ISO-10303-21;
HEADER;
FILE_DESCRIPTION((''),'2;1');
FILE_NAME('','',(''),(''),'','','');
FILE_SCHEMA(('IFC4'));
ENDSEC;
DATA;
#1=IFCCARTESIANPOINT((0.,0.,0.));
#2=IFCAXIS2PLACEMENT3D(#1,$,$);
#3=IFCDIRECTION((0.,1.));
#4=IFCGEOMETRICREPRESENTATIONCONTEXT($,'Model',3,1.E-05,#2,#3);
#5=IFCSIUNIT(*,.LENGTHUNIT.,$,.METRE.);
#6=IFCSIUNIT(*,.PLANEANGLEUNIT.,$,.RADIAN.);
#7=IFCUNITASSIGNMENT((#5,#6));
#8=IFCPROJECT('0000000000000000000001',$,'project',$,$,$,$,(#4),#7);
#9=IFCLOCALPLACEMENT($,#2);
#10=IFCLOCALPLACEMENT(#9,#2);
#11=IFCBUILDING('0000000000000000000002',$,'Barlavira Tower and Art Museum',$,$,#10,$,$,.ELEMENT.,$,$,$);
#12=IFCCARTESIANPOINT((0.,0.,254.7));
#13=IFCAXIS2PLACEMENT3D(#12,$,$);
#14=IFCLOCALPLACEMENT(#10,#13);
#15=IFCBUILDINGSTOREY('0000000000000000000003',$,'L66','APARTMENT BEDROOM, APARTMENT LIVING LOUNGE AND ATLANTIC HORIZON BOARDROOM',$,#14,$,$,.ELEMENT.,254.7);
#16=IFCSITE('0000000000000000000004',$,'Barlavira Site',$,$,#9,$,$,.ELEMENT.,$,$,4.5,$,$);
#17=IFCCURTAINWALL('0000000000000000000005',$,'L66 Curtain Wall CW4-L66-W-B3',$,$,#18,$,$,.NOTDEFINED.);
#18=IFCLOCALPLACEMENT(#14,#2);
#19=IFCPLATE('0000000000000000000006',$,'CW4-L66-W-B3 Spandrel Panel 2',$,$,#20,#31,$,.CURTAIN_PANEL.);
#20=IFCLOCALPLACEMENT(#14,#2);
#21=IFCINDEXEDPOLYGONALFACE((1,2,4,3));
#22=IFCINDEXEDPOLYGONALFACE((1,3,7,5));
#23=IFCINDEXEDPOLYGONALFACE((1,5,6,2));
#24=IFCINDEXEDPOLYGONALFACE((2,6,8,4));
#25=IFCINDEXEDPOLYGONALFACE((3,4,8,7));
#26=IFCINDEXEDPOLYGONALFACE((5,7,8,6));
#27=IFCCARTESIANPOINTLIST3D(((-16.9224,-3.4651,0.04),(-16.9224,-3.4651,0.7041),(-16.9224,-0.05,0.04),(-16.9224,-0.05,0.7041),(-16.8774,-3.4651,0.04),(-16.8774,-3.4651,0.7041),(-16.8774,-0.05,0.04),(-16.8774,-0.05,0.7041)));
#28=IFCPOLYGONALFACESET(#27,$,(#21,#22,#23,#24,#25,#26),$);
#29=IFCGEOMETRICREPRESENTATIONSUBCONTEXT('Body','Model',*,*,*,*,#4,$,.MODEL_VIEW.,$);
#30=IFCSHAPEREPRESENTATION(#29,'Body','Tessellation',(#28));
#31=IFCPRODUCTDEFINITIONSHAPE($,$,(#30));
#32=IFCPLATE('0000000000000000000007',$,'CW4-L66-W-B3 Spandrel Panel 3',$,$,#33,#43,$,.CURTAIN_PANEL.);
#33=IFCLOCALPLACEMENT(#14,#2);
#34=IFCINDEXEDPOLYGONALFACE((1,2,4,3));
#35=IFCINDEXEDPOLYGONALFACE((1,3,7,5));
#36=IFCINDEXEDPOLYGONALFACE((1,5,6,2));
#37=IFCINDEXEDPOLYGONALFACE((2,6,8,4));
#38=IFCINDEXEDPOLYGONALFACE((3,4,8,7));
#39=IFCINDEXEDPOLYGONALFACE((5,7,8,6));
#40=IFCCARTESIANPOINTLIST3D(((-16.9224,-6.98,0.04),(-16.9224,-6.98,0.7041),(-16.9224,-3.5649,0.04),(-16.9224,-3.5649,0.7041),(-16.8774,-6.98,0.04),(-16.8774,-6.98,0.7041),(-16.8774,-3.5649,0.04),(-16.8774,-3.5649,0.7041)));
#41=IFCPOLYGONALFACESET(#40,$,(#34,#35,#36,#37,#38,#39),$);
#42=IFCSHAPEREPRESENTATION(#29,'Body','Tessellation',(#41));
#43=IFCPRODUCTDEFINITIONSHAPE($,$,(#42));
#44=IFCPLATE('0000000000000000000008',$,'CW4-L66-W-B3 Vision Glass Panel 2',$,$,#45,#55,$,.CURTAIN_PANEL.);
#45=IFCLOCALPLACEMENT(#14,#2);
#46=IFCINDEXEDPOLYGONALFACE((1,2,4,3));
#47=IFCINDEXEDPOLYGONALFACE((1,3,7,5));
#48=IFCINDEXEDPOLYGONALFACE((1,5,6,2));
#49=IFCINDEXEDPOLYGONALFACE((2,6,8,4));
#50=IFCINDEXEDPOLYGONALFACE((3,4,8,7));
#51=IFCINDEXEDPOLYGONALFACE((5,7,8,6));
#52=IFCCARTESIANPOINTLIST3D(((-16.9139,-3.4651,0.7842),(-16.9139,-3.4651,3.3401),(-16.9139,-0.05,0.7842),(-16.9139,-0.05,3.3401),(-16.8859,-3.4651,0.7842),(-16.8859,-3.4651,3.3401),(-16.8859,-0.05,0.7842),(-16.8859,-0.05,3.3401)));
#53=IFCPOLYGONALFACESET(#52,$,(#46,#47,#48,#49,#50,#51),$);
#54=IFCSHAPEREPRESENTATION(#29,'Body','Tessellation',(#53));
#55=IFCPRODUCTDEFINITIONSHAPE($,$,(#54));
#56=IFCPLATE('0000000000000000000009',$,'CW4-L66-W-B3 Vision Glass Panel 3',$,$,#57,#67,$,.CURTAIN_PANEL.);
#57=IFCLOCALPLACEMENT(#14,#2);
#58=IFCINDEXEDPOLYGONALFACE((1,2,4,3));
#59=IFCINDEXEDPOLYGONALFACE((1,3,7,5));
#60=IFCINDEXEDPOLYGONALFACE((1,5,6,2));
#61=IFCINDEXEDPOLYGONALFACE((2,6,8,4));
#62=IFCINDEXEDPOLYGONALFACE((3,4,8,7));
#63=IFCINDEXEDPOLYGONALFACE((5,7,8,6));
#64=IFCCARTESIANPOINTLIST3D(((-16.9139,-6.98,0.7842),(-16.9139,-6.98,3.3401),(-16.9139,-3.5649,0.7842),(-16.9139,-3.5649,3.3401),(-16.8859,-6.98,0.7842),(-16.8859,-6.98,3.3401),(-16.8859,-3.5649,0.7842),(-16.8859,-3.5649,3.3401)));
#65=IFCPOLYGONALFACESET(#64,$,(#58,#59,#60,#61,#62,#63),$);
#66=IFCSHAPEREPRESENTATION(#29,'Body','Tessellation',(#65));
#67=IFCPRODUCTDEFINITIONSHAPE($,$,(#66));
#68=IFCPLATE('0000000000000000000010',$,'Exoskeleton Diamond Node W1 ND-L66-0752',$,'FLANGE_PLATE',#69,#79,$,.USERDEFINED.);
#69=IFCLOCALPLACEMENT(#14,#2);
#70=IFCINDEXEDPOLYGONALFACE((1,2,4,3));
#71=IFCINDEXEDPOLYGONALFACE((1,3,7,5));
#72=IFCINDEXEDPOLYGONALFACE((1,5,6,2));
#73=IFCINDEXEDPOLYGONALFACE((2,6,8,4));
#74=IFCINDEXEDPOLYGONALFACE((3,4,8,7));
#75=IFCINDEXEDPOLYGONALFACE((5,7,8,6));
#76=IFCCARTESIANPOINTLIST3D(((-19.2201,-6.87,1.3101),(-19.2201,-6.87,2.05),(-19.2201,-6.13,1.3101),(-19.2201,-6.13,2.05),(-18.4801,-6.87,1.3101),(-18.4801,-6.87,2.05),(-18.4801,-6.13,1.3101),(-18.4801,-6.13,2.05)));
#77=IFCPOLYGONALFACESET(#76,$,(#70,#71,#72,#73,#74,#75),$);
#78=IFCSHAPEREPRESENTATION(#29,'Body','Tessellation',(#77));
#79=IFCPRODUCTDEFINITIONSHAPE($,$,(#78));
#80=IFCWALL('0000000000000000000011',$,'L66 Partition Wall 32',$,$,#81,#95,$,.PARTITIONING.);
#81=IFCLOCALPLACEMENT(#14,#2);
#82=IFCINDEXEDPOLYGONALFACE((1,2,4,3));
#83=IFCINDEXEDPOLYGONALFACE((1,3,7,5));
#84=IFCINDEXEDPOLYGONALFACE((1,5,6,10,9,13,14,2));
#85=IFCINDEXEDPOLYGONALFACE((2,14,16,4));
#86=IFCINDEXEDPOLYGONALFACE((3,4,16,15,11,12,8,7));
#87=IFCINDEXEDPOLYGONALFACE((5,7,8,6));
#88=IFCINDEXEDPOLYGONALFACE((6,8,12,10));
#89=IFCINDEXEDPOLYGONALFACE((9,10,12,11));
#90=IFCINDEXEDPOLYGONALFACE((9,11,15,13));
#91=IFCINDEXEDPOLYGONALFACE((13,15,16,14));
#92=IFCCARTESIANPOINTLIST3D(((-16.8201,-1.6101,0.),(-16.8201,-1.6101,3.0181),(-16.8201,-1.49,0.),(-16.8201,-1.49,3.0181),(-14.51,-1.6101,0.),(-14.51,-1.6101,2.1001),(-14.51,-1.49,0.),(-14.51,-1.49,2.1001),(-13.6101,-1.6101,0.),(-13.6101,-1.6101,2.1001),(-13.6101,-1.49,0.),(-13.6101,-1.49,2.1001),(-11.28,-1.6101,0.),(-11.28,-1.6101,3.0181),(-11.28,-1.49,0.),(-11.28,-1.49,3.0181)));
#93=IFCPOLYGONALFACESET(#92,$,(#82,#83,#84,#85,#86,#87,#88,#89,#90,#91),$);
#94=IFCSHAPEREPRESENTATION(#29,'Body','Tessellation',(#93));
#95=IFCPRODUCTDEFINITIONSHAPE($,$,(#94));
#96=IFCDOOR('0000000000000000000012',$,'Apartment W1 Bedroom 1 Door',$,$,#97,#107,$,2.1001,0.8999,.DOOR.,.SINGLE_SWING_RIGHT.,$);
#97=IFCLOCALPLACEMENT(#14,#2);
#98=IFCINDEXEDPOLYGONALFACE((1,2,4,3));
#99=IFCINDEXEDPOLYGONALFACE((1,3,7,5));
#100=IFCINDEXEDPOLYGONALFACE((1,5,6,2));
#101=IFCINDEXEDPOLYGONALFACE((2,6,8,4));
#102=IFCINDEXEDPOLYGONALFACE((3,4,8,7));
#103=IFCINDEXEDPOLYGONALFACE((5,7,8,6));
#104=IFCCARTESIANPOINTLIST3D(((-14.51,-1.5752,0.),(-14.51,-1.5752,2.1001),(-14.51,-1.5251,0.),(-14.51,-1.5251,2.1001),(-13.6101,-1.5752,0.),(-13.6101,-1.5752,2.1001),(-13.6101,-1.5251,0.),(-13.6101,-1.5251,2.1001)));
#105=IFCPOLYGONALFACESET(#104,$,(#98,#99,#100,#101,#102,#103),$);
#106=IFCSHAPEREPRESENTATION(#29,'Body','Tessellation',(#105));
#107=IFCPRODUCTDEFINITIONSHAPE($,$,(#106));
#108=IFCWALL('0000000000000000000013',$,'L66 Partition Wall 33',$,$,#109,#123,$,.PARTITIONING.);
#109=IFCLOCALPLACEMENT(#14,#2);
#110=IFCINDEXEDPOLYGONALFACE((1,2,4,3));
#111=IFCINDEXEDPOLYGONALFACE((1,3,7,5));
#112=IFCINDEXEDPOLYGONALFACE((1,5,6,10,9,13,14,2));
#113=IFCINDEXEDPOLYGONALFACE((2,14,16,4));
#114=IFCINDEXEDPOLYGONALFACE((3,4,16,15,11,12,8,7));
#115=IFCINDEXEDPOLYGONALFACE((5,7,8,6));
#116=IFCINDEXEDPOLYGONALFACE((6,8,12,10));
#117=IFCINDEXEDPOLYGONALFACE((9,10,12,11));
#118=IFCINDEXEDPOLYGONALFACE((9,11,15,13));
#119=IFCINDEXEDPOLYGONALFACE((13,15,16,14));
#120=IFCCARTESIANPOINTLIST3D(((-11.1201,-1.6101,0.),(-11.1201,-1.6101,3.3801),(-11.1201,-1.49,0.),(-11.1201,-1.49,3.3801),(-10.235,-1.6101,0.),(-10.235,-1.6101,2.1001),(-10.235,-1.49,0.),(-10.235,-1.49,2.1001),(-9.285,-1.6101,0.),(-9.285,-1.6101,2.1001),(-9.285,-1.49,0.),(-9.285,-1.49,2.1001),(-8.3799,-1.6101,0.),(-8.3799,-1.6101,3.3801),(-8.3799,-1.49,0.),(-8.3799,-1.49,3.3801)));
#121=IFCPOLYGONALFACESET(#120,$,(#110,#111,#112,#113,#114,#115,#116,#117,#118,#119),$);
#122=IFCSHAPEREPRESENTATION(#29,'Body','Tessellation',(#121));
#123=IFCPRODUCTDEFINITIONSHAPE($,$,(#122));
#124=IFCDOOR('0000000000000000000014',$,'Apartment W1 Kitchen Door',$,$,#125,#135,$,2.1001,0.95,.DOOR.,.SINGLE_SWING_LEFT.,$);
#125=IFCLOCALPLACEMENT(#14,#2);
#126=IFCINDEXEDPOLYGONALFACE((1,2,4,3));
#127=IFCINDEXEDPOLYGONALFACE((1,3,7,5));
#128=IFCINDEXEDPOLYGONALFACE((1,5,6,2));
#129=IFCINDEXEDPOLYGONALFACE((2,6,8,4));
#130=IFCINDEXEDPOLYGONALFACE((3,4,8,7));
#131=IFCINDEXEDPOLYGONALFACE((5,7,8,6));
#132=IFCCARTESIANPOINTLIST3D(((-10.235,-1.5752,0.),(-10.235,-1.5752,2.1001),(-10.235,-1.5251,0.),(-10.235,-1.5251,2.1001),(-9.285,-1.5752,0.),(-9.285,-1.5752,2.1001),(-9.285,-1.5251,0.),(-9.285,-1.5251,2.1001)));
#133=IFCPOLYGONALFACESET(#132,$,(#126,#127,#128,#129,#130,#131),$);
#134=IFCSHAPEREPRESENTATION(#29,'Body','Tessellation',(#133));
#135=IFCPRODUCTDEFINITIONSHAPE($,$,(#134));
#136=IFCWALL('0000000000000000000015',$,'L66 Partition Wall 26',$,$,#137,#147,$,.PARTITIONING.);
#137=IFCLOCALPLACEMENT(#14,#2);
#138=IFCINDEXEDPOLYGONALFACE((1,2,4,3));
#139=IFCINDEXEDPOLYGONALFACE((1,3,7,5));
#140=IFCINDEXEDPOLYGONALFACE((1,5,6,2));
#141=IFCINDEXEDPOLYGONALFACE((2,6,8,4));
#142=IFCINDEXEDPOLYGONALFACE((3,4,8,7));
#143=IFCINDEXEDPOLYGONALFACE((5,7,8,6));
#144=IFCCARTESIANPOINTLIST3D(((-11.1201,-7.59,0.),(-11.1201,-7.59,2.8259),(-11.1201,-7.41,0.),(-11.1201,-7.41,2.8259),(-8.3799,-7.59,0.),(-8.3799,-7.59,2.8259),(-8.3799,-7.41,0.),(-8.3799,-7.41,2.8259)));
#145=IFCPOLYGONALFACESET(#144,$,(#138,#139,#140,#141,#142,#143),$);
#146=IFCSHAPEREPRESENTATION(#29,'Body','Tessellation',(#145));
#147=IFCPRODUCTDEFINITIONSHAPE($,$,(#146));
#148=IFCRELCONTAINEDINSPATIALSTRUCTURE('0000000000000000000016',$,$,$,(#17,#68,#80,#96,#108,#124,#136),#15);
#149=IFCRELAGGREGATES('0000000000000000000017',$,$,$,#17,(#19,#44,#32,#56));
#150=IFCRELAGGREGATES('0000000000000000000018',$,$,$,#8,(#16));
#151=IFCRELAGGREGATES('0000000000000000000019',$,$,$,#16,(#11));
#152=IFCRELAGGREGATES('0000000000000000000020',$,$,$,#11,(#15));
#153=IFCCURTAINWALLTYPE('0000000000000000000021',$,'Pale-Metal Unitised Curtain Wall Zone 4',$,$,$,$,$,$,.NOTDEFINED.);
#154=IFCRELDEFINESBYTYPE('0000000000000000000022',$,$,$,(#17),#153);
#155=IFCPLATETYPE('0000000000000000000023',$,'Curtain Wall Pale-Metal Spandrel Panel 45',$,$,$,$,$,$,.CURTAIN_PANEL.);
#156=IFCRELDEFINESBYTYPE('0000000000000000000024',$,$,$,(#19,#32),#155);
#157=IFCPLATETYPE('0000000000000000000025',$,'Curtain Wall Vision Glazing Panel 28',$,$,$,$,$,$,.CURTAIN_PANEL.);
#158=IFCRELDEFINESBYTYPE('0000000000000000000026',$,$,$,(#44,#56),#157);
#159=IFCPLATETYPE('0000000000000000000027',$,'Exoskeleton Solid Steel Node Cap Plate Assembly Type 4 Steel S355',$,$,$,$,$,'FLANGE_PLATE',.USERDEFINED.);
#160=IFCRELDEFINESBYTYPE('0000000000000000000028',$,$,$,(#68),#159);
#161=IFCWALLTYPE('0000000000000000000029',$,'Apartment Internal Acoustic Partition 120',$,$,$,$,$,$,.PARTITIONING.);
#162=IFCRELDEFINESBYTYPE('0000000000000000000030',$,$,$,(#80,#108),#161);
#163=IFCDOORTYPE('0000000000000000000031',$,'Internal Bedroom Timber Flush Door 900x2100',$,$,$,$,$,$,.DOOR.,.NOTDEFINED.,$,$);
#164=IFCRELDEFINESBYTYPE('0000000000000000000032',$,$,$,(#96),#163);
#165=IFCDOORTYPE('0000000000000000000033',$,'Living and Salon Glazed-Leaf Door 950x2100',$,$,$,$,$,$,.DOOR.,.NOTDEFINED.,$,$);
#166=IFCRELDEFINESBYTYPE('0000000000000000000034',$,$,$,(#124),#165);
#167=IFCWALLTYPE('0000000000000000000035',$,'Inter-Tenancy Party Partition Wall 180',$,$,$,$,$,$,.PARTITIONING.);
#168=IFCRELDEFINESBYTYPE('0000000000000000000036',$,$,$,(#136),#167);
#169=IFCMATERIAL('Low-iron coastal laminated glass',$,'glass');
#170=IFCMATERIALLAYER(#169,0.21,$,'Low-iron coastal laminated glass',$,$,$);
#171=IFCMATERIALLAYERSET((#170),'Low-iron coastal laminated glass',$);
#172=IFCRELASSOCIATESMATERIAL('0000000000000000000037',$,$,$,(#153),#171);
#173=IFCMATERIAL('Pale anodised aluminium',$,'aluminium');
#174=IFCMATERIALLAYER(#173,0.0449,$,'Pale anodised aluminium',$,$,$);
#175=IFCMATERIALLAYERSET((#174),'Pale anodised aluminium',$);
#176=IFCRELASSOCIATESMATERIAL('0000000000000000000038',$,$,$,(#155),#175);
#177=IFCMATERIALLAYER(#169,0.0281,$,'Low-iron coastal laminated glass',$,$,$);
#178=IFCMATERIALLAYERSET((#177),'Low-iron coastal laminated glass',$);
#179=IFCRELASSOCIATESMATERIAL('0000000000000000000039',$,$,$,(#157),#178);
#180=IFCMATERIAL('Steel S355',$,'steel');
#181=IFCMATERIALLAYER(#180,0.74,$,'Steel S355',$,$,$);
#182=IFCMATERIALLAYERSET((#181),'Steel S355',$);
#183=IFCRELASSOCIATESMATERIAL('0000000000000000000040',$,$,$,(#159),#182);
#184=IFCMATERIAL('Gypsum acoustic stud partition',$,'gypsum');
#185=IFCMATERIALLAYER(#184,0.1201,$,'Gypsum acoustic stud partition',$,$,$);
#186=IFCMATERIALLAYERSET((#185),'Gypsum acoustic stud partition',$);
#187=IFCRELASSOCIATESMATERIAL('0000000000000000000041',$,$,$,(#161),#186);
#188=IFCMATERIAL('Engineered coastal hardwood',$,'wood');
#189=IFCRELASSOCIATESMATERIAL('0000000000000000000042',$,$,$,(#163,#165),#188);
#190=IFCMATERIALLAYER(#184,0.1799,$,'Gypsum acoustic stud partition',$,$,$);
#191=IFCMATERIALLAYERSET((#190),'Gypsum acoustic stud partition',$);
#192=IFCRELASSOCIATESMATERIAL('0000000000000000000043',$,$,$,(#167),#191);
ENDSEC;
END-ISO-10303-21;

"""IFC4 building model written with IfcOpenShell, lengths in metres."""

from ifc_helpers import new_model, si_unit, direction, frame, frame_2d, origin, origin_2d, place, context, subcontext, project, spatial, rectangle, extrude, material, layer, layer_set, type_object, element, fill, aggregate, save


model = new_model("IFC4")

# Units and contexts
model_context = context("Model", 3, precision=1e-05, world=origin(), true_north=direction((0.0, 1.0)))
body_context = subcontext(model_context, "Body", "Model", "MODEL_VIEW")
ifc_project = project(units=[si_unit("LENGTHUNIT", "METRE"), si_unit("PLANEANGLEUNIT", "RADIAN")], contexts=[model_context])

# Site, building, storey
site_placement = place(None, origin())
site = spatial("IfcSite", under=ifc_project, at=site_placement, Name="Barlavira Site", CompositionType="ELEMENT", RefElevation=4.5)
building_placement = place(site_placement, origin())
building = spatial("IfcBuilding", under=site, at=building_placement, Name="Barlavira Tower and Art Museum", CompositionType="ELEMENT")
storey_placement = place(building_placement, frame((0.0, 0.0, 254.7)))
storey = spatial("IfcBuildingStorey", under=building, at=storey_placement, Name="L66", Description="APARTMENT BEDROOM, APARTMENT LIVING LOUNGE AND ATLANTIC HORIZON BOARDROOM", CompositionType="ELEMENT", Elevation=254.7)

# Curtain wall
ifc_material_1 = material(Name="Low-iron coastal laminated glass", Category="glass")
ifc_layer_1 = layer(ifc_material_1, 0.21, Name="Low-iron coastal laminated glass")
ifc_layer_set_1 = layer_set([ifc_layer_1], Name="Low-iron coastal laminated glass")
curtain_wall_type = type_object("IfcCurtainWallType", Name="Pale-Metal Unitised Curtain Wall Zone 4", PredefinedType="NOTDEFINED", material=ifc_layer_set_1)
curtain_wall_placement = place(storey_placement, origin())
curtain_wall = element("IfcCurtainWall", 1, at=curtain_wall_placement, inside=storey, type_object=curtain_wall_type, Name="L66 Curtain Wall CW4-L66-W-B3", PredefinedType="NOTDEFINED")
ifc_material_2 = material(Name="Pale anodised aluminium", Category="aluminium")

# Shared definitions
ifc_material_3 = material(Name="Steel S355", Category="steel")

# Plates
ifc_layer_2 = layer(ifc_material_2, 0.0449, Name="Pale anodised aluminium")
ifc_layer_set_2 = layer_set([ifc_layer_2], Name="Pale anodised aluminium")
plate_type_1 = type_object("IfcPlateType", Name="Curtain Wall Pale-Metal Spandrel Panel 45", PredefinedType="CURTAIN_PANEL", material=ifc_layer_set_2)
plate_1_placement = place(storey_placement, frame((-16.8999, -1.7576, 0.04), z_axis=(0.0, 0.0, 1.0), x_axis=(0.0, -1.0, 0.0)))
plate_1 = element("IfcPlate", 2, at=plate_1_placement, type_object=plate_type_1, Name="CW4-L66-W-B3 Spandrel Panel 2", PredefinedType="CURTAIN_PANEL", context=body_context, shape_type="SweptSolid", body=[
    extrude(rectangle(XDim=3.415, YDim=0.0449, at=origin_2d()), origin(), (0.0, 0.0, 1.0), 0.6641),
])
plate_2_placement = place(storey_placement, frame((-16.8999, -5.2725, 0.04), z_axis=(0.0, 0.0, 1.0), x_axis=(0.0, -1.0, 0.0)))
plate_2 = element("IfcPlate", 3, at=plate_2_placement, type_object=plate_type_1, Name="CW4-L66-W-B3 Spandrel Panel 3", PredefinedType="CURTAIN_PANEL", context=body_context, shape_type="SweptSolid", body=[
    extrude(rectangle(XDim=3.415, YDim=0.0449, at=origin_2d()), origin(), (0.0, 0.0, 1.0), 0.6641),
])
ifc_layer_3 = layer(ifc_material_1, 0.0281, Name="Low-iron coastal laminated glass")
ifc_layer_set_3 = layer_set([ifc_layer_3], Name="Low-iron coastal laminated glass")
plate_type_2 = type_object("IfcPlateType", Name="Curtain Wall Vision Glazing Panel 28", PredefinedType="CURTAIN_PANEL", material=ifc_layer_set_3)
plate_3_placement = place(storey_placement, frame((-16.8999, -1.7576, 0.7842), z_axis=(0.0, 0.0, 1.0), x_axis=(0.0, -1.0, 0.0)))
plate_3 = element("IfcPlate", 4, at=plate_3_placement, type_object=plate_type_2, Name="CW4-L66-W-B3 Vision Glass Panel 2", PredefinedType="CURTAIN_PANEL", context=body_context, shape_type="SweptSolid", body=[
    extrude(rectangle(XDim=3.415, YDim=0.0281, at=origin_2d()), origin(), (0.0, 0.0, 1.0), 2.5559),
])
plate_4_placement = place(storey_placement, frame((-16.8999, -5.2725, 0.7842), z_axis=(0.0, 0.0, 1.0), x_axis=(0.0, -1.0, 0.0)))
plate_4 = element("IfcPlate", 5, at=plate_4_placement, type_object=plate_type_2, Name="CW4-L66-W-B3 Vision Glass Panel 3", PredefinedType="CURTAIN_PANEL", context=body_context, shape_type="SweptSolid", body=[
    extrude(rectangle(XDim=3.415, YDim=0.0281, at=origin_2d()), origin(), (0.0, 0.0, 1.0), 2.5559),
])
aggregate(curtain_wall, [plate_1, plate_3, plate_2, plate_4])
ifc_layer_4 = layer(ifc_material_3, 0.74, Name="Steel S355")
ifc_layer_set_4 = layer_set([ifc_layer_4], Name="Steel S355")
plate_type_3 = type_object("IfcPlateType", Name="Exoskeleton Solid Steel Node Cap Plate Assembly Type 4 Steel S355", ElementType="FLANGE_PLATE", PredefinedType="USERDEFINED", material=ifc_layer_set_4)
plate_5_placement = place(storey_placement, frame((-18.8501, -6.5, 1.3101), z_axis=(0.0, 0.0, 1.0), x_axis=(1.0, 0.0, 0.0)))
element("IfcPlate", 6, at=plate_5_placement, inside=storey, type_object=plate_type_3, Name="Exoskeleton Diamond Node W1 ND-L66-0752", ObjectType="FLANGE_PLATE", PredefinedType="USERDEFINED", context=body_context, shape_type="SweptSolid", body=[
    extrude(rectangle(XDim=0.74, YDim=0.74, at=origin_2d()), origin(), (0.0, 0.0, 1.0), 0.74),
])

# Walls, openings, doors
ifc_material_4 = material(Name="Gypsum acoustic stud partition", Category="gypsum")
ifc_layer_5 = layer(ifc_material_4, 0.1201, Name="Gypsum acoustic stud partition")
ifc_layer_set_5 = layer_set([ifc_layer_5], Name="Gypsum acoustic stud partition")
wall_type_1 = type_object("IfcWallType", Name="Apartment Internal Acoustic Partition 120", PredefinedType="PARTITIONING", material=ifc_layer_set_5)
wall_1_placement = place(storey_placement, frame((-16.8201, -1.55, 0.0), z_axis=(0.0, 0.0, 1.0), x_axis=(1.0, 0.0, 0.0)))
wall_1 = element("IfcWall", 7, at=wall_1_placement, inside=storey, type_object=wall_type_1, Name="L66 Partition Wall 32", PredefinedType="PARTITIONING", context=body_context, shape_type="SweptSolid", body=[
    extrude(rectangle(XDim=5.54, YDim=0.1201, at=frame_2d((2.77, 0.0))), origin(), (0.0, 0.0, 1.0), 3.0181),
])
opening_1_placement = place(wall_1_placement, frame((2.3101, 0.0, 0.0)))
opening_1 = element("IfcOpeningElement", 8, at=opening_1_placement, cuts=wall_1, PredefinedType="OPENING", context=body_context, shape_type="SweptSolid", body=[
    extrude(rectangle(XDim=0.8999, YDim=2.1001, at=frame_2d((0.45, 1.05))), frame((0.0, 0.0701, 0.0), z_axis=(0.0, -1.0, 0.0), x_axis=(1.0, 0.0, 0.0)), (0.0, 0.0, 1.0), 0.1401),
])
ifc_material_5 = material(Name="Engineered coastal hardwood", Category="wood")
door_type_1 = type_object("IfcDoorType", Name="Internal Bedroom Timber Flush Door 900x2100", OperationType="NOTDEFINED", PredefinedType="DOOR", material=ifc_material_5)
door_1_placement = place(opening_1_placement, origin())
door_1 = element("IfcDoor", 9, at=door_1_placement, inside=storey, type_object=door_type_1, Name="Apartment W1 Bedroom 1 Door", OperationType="SINGLE_SWING_RIGHT", OverallHeight=2.1001, OverallWidth=0.8999, PredefinedType="DOOR", context=body_context, shape_type="SweptSolid", body=[
    extrude(rectangle(XDim=0.8999, YDim=2.1001, at=frame_2d((0.45, 1.05))), frame((0.0, 0.0249, 0.0), z_axis=(0.0, -1.0, 0.0), x_axis=(1.0, 0.0, 0.0)), (0.0, 0.0, 1.0), 0.05),
])
fill(opening_1, door_1)
wall_2_placement = place(storey_placement, frame((-11.1201, -1.55, 0.0), z_axis=(0.0, 0.0, 1.0), x_axis=(1.0, 0.0, 0.0)))
wall_2 = element("IfcWall", 10, at=wall_2_placement, inside=storey, type_object=wall_type_1, Name="L66 Partition Wall 33", PredefinedType="PARTITIONING", context=body_context, shape_type="SweptSolid", body=[
    extrude(rectangle(XDim=2.7402, YDim=0.1201, at=frame_2d((1.3701, 0.0))), origin(), (0.0, 0.0, 1.0), 3.3801),
])
opening_2_placement = place(wall_2_placement, frame((0.885, 0.0, 0.0)))
opening_2 = element("IfcOpeningElement", 11, at=opening_2_placement, cuts=wall_2, PredefinedType="OPENING", context=body_context, shape_type="SweptSolid", body=[
    extrude(rectangle(XDim=0.95, YDim=2.1001, at=frame_2d((0.4751, 1.05))), frame((0.0, 0.0701, 0.0), z_axis=(0.0, -1.0, 0.0), x_axis=(1.0, 0.0, 0.0)), (0.0, 0.0, 1.0), 0.1401),
])
door_type_2 = type_object("IfcDoorType", Name="Living and Salon Glazed-Leaf Door 950x2100", OperationType="NOTDEFINED", PredefinedType="DOOR", material=ifc_material_5)
door_2_placement = place(opening_2_placement, origin())
door_2 = element("IfcDoor", 12, at=door_2_placement, inside=storey, type_object=door_type_2, Name="Apartment W1 Kitchen Door", OperationType="SINGLE_SWING_LEFT", OverallHeight=2.1001, OverallWidth=0.95, PredefinedType="DOOR", context=body_context, shape_type="SweptSolid", body=[
    extrude(rectangle(XDim=0.95, YDim=2.1001, at=frame_2d((0.4751, 1.05))), frame((0.0, 0.0249, 0.0), z_axis=(0.0, -1.0, 0.0), x_axis=(1.0, 0.0, 0.0)), (0.0, 0.0, 1.0), 0.05),
])
fill(opening_2, door_2)

# Wall
ifc_layer_6 = layer(ifc_material_4, 0.1799, Name="Gypsum acoustic stud partition")
ifc_layer_set_6 = layer_set([ifc_layer_6], Name="Gypsum acoustic stud partition")
wall_type_2 = type_object("IfcWallType", Name="Inter-Tenancy Party Partition Wall 180", PredefinedType="PARTITIONING", material=ifc_layer_set_6)
wall_3_placement = place(storey_placement, frame((-11.1201, -7.5, 0.0), z_axis=(0.0, 0.0, 1.0), x_axis=(1.0, 0.0, 0.0)))
element("IfcWall", 13, at=wall_3_placement, inside=storey, type_object=wall_type_2, Name="L66 Partition Wall 26", PredefinedType="PARTITIONING", context=body_context, shape_type="SweptSolid", body=[
    extrude(rectangle(XDim=2.7402, YDim=0.1799, at=frame_2d((1.3701, 0.0))), origin(), (0.0, 0.0, 1.0), 2.8259),
])

save(model, "model.ifc")
